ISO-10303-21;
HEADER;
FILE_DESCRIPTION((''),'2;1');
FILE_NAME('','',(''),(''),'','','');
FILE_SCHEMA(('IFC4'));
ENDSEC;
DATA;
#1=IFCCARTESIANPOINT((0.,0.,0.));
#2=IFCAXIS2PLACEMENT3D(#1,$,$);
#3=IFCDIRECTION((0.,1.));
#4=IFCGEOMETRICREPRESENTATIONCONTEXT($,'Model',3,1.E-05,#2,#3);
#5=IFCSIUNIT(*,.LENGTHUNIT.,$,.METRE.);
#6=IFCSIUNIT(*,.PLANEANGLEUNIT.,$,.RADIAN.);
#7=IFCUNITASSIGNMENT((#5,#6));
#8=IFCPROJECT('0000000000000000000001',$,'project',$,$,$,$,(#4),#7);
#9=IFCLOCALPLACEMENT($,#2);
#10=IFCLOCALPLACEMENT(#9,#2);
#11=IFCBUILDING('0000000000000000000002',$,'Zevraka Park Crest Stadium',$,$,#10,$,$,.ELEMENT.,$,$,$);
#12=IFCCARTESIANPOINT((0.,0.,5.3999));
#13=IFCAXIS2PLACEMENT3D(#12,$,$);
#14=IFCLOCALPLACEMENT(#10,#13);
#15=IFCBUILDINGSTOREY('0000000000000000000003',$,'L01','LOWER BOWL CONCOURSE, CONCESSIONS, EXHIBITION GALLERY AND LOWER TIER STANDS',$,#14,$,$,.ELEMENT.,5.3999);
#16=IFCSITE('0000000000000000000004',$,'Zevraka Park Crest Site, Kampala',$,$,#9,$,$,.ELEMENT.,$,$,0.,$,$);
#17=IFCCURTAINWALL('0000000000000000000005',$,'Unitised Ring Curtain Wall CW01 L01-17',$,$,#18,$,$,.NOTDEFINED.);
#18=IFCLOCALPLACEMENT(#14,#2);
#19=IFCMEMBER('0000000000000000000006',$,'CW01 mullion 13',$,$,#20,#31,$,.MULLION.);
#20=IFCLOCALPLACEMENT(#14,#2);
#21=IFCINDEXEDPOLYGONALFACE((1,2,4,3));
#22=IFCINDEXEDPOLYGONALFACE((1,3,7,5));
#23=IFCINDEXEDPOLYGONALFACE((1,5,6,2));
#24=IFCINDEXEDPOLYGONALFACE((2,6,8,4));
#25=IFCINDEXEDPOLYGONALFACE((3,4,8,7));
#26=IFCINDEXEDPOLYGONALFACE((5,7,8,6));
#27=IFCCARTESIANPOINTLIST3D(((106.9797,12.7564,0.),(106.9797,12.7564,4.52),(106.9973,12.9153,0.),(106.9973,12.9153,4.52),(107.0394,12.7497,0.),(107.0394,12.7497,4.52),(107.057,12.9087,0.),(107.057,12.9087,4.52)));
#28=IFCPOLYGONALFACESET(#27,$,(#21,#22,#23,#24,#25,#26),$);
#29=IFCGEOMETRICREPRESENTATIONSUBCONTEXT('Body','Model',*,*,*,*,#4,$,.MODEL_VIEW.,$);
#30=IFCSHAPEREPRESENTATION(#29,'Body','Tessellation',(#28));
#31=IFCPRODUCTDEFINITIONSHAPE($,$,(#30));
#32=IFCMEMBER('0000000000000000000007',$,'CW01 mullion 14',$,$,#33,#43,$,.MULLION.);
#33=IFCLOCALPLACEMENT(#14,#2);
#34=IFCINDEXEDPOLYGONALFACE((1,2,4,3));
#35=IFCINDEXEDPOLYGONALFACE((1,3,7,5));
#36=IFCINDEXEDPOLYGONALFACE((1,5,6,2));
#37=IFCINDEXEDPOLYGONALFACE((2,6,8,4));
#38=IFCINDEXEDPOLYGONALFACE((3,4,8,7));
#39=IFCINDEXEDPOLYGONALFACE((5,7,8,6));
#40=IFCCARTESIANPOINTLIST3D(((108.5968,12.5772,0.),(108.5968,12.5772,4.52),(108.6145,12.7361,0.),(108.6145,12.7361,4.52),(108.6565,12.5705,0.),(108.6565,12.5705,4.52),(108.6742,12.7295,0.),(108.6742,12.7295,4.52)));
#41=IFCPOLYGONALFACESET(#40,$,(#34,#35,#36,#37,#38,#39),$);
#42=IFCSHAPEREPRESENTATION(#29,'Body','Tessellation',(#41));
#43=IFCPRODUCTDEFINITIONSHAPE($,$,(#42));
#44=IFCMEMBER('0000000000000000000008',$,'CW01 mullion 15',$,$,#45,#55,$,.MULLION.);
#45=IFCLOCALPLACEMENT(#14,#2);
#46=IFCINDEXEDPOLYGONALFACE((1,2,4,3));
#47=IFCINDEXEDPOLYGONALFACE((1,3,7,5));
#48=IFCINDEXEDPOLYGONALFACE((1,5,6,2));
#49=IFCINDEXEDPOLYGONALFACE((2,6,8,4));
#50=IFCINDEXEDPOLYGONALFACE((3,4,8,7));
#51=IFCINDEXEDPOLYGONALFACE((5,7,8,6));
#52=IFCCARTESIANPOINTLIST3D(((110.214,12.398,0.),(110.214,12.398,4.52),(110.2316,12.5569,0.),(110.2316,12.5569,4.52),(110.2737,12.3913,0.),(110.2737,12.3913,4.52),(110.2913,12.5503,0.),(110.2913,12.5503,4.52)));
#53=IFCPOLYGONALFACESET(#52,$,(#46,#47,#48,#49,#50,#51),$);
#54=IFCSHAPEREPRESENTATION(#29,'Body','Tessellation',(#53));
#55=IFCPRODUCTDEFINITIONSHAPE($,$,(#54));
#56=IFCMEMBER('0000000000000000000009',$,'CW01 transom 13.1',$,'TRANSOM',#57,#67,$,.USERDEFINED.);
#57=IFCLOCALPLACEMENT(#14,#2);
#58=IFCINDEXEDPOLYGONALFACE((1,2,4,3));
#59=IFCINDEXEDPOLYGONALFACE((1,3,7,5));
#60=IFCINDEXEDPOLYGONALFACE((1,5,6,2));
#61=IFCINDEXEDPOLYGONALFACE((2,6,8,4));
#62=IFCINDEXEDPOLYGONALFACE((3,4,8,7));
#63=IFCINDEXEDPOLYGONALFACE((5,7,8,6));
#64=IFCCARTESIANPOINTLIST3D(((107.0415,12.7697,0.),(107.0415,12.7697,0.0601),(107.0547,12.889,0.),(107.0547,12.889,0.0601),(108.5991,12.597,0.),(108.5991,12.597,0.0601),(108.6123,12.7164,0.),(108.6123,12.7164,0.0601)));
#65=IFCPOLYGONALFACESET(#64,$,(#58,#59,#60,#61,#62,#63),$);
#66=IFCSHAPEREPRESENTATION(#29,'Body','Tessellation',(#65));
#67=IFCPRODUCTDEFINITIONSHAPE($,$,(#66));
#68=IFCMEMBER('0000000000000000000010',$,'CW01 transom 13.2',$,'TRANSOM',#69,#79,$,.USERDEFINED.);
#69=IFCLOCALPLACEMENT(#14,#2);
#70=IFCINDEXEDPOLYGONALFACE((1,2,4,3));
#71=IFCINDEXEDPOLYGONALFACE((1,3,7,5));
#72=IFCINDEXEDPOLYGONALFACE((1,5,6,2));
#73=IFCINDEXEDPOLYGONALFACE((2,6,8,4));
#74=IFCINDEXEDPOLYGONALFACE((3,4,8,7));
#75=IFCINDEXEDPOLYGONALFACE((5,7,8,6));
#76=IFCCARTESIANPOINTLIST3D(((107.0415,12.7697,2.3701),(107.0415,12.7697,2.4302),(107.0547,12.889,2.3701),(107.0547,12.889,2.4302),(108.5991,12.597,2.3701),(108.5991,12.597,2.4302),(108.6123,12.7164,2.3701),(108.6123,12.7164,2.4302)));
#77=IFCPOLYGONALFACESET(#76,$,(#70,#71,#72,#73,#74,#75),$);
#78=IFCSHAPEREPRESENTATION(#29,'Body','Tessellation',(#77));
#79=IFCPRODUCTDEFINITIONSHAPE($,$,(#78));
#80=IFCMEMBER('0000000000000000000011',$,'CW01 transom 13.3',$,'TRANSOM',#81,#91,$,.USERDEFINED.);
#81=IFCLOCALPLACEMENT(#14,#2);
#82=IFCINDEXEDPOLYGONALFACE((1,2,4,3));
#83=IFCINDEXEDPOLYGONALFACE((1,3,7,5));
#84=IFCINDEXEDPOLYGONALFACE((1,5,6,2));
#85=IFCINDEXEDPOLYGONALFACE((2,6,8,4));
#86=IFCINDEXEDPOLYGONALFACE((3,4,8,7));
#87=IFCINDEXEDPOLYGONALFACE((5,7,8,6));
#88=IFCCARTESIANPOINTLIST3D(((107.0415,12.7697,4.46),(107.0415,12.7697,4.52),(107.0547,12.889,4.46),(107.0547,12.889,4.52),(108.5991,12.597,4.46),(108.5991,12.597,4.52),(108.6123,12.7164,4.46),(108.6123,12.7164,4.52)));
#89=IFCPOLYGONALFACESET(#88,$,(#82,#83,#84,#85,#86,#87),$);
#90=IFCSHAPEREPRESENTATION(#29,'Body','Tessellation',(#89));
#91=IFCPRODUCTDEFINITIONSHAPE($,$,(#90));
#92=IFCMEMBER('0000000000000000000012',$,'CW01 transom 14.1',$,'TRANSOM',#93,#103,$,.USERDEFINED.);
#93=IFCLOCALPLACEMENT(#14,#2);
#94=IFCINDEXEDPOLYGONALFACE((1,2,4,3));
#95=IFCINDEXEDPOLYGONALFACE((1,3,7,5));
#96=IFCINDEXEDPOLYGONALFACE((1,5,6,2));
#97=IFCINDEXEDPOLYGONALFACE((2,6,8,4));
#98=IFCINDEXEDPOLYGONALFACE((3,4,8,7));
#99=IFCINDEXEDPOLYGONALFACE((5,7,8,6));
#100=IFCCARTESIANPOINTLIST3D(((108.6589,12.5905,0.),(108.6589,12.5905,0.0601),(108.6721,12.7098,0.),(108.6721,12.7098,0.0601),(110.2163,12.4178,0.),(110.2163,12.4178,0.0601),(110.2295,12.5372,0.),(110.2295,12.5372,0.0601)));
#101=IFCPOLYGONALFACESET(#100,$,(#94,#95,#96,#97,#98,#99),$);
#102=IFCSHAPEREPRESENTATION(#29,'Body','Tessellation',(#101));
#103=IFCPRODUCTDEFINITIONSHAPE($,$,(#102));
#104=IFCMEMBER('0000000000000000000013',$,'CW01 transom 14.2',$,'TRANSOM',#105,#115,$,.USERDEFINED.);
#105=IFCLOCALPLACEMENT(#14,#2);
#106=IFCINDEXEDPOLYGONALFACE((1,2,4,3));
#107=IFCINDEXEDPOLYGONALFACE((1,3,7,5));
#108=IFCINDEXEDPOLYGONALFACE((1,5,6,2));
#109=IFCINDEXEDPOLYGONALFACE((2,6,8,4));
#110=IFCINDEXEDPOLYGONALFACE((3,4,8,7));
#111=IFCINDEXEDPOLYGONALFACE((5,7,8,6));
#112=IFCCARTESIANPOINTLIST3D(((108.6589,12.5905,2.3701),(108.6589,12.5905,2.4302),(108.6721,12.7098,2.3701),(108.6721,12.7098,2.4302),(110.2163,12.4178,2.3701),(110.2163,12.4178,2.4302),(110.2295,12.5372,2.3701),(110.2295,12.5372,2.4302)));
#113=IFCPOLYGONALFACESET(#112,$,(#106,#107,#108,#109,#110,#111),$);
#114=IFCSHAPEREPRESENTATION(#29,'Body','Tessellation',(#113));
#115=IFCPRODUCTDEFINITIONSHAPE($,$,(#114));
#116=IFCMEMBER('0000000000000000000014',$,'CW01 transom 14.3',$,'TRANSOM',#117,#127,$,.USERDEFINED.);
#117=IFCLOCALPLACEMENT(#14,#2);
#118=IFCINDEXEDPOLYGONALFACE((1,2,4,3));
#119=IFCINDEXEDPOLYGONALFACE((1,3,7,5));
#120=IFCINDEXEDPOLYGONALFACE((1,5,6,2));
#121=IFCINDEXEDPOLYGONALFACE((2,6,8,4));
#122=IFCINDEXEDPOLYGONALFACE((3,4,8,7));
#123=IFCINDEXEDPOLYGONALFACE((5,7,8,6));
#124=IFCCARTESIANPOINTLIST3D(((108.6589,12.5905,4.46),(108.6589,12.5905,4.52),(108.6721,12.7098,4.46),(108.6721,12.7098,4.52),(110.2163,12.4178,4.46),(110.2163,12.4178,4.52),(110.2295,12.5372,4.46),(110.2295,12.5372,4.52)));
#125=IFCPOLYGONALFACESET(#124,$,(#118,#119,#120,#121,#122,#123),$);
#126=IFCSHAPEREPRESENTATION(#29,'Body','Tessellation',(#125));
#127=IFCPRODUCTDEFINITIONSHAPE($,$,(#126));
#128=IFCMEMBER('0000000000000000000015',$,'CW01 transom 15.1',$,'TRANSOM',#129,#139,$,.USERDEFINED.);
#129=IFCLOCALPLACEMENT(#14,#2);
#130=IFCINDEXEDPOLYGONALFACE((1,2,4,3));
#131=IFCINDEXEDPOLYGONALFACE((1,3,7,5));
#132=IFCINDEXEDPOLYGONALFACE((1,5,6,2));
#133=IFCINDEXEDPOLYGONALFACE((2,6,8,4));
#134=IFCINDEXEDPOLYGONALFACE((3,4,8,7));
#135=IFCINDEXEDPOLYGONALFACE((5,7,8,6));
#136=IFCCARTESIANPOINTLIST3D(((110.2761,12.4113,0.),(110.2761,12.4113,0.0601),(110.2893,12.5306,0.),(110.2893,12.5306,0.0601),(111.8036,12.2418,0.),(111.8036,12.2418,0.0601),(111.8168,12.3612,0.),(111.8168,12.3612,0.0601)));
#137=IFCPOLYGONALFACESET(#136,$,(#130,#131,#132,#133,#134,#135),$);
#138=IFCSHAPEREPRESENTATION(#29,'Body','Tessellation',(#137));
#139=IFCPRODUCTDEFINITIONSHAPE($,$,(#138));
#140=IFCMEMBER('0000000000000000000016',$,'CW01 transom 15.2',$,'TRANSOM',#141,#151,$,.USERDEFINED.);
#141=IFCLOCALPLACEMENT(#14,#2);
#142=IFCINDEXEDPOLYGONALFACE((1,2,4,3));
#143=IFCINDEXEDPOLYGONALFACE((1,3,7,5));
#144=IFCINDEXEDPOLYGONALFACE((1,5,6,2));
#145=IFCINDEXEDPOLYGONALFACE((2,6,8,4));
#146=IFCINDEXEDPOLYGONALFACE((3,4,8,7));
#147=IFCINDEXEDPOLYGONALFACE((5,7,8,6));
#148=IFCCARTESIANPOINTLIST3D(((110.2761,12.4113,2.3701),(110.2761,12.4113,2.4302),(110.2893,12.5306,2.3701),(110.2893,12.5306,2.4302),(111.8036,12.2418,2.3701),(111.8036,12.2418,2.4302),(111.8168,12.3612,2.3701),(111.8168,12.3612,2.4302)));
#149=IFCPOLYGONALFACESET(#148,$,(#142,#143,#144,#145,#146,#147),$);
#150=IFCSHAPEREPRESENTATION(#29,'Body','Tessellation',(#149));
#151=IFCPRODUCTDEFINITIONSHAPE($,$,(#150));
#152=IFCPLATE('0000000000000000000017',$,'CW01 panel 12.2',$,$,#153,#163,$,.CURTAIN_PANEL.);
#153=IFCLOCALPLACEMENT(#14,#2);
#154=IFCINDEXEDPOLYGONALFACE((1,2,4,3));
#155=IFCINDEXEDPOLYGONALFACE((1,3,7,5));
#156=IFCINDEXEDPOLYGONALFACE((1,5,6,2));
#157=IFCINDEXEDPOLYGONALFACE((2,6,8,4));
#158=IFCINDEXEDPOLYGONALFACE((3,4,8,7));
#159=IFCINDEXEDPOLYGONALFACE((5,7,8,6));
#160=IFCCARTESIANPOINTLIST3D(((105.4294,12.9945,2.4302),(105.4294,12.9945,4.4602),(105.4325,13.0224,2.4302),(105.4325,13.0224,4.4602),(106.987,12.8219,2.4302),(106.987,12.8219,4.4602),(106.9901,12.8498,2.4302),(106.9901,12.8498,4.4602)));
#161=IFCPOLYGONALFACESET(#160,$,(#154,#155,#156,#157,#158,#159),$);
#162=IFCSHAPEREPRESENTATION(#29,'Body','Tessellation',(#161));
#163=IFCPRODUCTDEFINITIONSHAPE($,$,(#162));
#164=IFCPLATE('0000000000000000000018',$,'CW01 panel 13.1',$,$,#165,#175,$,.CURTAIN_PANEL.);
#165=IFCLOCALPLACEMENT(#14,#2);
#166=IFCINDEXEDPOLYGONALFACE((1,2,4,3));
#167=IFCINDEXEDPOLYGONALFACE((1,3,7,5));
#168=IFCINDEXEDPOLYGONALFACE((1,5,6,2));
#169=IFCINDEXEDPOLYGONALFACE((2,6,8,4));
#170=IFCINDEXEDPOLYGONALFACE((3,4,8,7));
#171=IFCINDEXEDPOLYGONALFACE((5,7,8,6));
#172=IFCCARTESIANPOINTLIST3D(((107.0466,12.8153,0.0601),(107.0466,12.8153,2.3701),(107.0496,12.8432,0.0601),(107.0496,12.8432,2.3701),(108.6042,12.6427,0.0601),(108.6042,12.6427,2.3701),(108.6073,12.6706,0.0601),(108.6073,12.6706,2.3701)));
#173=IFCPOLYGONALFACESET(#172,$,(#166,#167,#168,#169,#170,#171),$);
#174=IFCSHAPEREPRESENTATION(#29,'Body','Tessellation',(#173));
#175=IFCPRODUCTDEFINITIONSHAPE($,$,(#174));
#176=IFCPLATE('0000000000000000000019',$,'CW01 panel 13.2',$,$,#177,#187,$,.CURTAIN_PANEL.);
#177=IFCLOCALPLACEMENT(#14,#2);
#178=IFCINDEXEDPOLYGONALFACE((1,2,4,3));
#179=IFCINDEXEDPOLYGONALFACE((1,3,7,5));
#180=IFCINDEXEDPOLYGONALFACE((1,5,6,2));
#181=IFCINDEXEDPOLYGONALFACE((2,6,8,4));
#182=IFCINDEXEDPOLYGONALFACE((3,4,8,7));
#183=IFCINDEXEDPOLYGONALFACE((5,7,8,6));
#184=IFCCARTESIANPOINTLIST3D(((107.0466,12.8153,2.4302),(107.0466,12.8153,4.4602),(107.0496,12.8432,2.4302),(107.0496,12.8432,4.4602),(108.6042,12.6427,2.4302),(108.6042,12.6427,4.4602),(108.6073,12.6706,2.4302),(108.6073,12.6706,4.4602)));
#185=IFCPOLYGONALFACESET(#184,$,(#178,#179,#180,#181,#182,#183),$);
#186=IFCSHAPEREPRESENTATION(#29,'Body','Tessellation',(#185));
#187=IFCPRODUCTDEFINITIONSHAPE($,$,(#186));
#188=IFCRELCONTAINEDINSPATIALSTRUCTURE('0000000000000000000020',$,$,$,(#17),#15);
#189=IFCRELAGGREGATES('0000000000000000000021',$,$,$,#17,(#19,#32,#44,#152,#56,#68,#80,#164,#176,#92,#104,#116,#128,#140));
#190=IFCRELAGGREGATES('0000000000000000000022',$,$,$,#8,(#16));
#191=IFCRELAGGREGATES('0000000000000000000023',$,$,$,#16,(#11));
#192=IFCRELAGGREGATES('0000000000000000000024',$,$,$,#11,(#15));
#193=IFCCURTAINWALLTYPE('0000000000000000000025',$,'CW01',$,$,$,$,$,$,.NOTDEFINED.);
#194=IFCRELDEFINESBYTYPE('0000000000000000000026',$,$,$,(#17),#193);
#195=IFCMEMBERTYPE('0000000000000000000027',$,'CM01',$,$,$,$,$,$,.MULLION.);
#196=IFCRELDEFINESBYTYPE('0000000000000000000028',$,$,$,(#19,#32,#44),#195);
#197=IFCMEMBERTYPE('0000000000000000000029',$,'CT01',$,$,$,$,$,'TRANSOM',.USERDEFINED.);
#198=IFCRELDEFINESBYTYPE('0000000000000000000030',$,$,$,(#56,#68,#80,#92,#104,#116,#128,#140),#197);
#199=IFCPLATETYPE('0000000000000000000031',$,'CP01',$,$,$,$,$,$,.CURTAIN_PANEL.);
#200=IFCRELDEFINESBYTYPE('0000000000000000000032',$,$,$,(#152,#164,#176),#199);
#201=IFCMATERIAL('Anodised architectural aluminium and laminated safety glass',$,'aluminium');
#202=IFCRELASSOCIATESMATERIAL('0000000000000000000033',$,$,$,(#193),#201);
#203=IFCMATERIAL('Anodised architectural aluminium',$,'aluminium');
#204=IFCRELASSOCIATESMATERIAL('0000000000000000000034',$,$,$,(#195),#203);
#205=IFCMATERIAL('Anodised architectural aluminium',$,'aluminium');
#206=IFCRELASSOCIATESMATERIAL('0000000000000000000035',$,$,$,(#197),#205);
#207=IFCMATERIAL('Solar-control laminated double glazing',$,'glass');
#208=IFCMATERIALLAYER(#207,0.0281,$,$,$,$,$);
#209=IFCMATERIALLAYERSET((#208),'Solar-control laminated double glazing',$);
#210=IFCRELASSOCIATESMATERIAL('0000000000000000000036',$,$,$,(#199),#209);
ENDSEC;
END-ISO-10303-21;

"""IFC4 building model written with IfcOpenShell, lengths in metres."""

from ifc_helpers import new_model, si_unit, direction, frame, origin, origin_2d, place, context, subcontext, project, spatial, rectangle, extrude, material, layer, layer_set, material_profile, profile_set, type_object, element, aggregate, save


model = new_model("IFC4")

# Units and contexts
model_context = context("Model", 3, precision=1e-05, world=origin(), true_north=direction((0.0, 1.0)))
body_context = subcontext(model_context, "Body", "Model", "MODEL_VIEW")
ifc_project = project(units=[si_unit("LENGTHUNIT", "METRE"), si_unit("PLANEANGLEUNIT", "RADIAN")], contexts=[model_context])

# Site, building, storey
site_placement = place(None, origin())
site = spatial("IfcSite", under=ifc_project, at=site_placement, Name="Zevraka Park Crest Site, Kampala", CompositionType="ELEMENT", RefElevation=0.0)
building_placement = place(site_placement, origin())
building = spatial("IfcBuilding", under=site, at=building_placement, Name="Zevraka Park Crest Stadium", CompositionType="ELEMENT")
storey_placement = place(building_placement, frame((0.0, 0.0, 5.3999)))
storey = spatial("IfcBuildingStorey", under=building, at=storey_placement, Name="L01", Description="LOWER BOWL CONCOURSE, CONCESSIONS, EXHIBITION GALLERY AND LOWER TIER STANDS", CompositionType="ELEMENT", Elevation=5.3999)

# Curtain wall, members, plates
ifc_material_1 = material(Name="Anodised architectural aluminium and laminated safety glass", Category="aluminium")
curtain_wall_type = type_object("IfcCurtainWallType", Name="CW01", PredefinedType="NOTDEFINED", material=ifc_material_1)
curtain_wall_placement = place(storey_placement, origin())
curtain_wall = element("IfcCurtainWall", 1, at=curtain_wall_placement, inside=storey, type_object=curtain_wall_type, Name="Unitised Ring Curtain Wall CW01 L01-17", PredefinedType="NOTDEFINED")
ifc_material_2 = material(Name="Anodised architectural aluminium", Category="aluminium")
ifc_material_profile_1 = material_profile(ifc_material_2, rectangle(XDim=0.1599, YDim=0.0601, at=origin_2d()), Name="ALU MULLION 160x60")
ifc_profile_set_1 = profile_set([ifc_material_profile_1], Name="Anodised architectural aluminium")
member_type_1 = type_object("IfcMemberType", Name="CM01", PredefinedType="MULLION", material=ifc_profile_set_1)
member_1_placement = place(storey_placement, frame((107.0183, 12.8325, 0.0), z_axis=(0.0, 0.0, 1.0), x_axis=(0.110135, 0.993917, 0.0)))
member_1 = element("IfcMember", 2, at=member_1_placement, type_object=member_type_1, Name="CW01 mullion 13", PredefinedType="MULLION", context=body_context, shape_type="SweptSolid", body=[
    extrude(rectangle(XDim=0.1599, YDim=0.0601, at=origin_2d()), origin(), (0.0, 0.0, 1.0), 4.52),
])
member_2_placement = place(storey_placement, frame((108.6355, 12.6533, 0.0), z_axis=(0.0, 0.0, 1.0), x_axis=(0.110135, 0.993917, 0.0)))
member_2 = element("IfcMember", 3, at=member_2_placement, type_object=member_type_1, Name="CW01 mullion 14", PredefinedType="MULLION", context=body_context, shape_type="SweptSolid", body=[
    extrude(rectangle(XDim=0.1599, YDim=0.0601, at=origin_2d()), origin(), (0.0, 0.0, 1.0), 4.52),
])
member_3_placement = place(storey_placement, frame((110.2527, 12.4741, 0.0), z_axis=(0.0, 0.0, 1.0), x_axis=(0.110135, 0.993917, 0.0)))
member_3 = element("IfcMember", 4, at=member_3_placement, type_object=member_type_1, Name="CW01 mullion 15", PredefinedType="MULLION", context=body_context, shape_type="SweptSolid", body=[
    extrude(rectangle(XDim=0.1599, YDim=0.0601, at=origin_2d()), origin(), (0.0, 0.0, 1.0), 4.52),
])
ifc_material_3 = material(Name="Anodised architectural aluminium", Category="aluminium")
ifc_material_profile_2 = material_profile(ifc_material_3, rectangle(XDim=0.1201, YDim=0.0601, at=origin_2d()), Name="ALU TRANSOM 120x60")
ifc_profile_set_2 = profile_set([ifc_material_profile_2], Name="Anodised architectural aluminium")
member_type_2 = type_object("IfcMemberType", Name="CT01", ElementType="TRANSOM", PredefinedType="USERDEFINED", material=ifc_profile_set_2)
member_4_placement = place(storey_placement, frame((107.0481, 12.8293, 0.03), z_axis=(0.993916, -0.110141, 0.0), x_axis=(0.110141, 0.993916, 0.0)))
member_4 = element("IfcMember", 5, at=member_4_placement, type_object=member_type_2, Name="CW01 transom 13.1", ObjectType="TRANSOM", PredefinedType="USERDEFINED", context=body_context, shape_type="SweptSolid", body=[
    extrude(rectangle(XDim=0.1201, YDim=0.0601, at=origin_2d()), origin(), (0.0, 0.0, 1.0), 1.5671),
])
member_5_placement = place(storey_placement, frame((107.0481, 12.8293, 2.4001), z_axis=(0.993916, -0.110141, 0.0), x_axis=(0.110141, 0.993916, 0.0)))
member_5 = element("IfcMember", 6, at=member_5_placement, type_object=member_type_2, Name="CW01 transom 13.2", ObjectType="TRANSOM", PredefinedType="USERDEFINED", context=body_context, shape_type="SweptSolid", body=[
    extrude(rectangle(XDim=0.1201, YDim=0.0601, at=origin_2d()), origin(), (0.0, 0.0, 1.0), 1.5671),
])
member_6_placement = place(storey_placement, frame((107.0481, 12.8293, 4.49), z_axis=(0.993916, -0.110141, 0.0), x_axis=(0.110141, 0.993916, 0.0)))
member_6 = element("IfcMember", 7, at=member_6_placement, type_object=member_type_2, Name="CW01 transom 13.3", ObjectType="TRANSOM", PredefinedType="USERDEFINED", context=body_context, shape_type="SweptSolid", body=[
    extrude(rectangle(XDim=0.1201, YDim=0.0601, at=origin_2d()), origin(), (0.0, 0.0, 1.0), 1.5671),
])
member_7_placement = place(storey_placement, frame((108.6655, 12.6501, 0.03), z_axis=(0.993914, -0.110158, 0.0), x_axis=(0.110158, 0.993914, 0.0)))
member_7 = element("IfcMember", 8, at=member_7_placement, type_object=member_type_2, Name="CW01 transom 14.1", ObjectType="TRANSOM", PredefinedType="USERDEFINED", context=body_context, shape_type="SweptSolid", body=[
    extrude(rectangle(XDim=0.1201, YDim=0.0601, at=origin_2d()), origin(), (0.0, 0.0, 1.0), 1.5669),
])
member_8_placement = place(storey_placement, frame((108.6655, 12.6501, 2.4001), z_axis=(0.993914, -0.110158, 0.0), x_axis=(0.110158, 0.993914, 0.0)))
member_8 = element("IfcMember", 9, at=member_8_placement, type_object=member_type_2, Name="CW01 transom 14.2", ObjectType="TRANSOM", PredefinedType="USERDEFINED", context=body_context, shape_type="SweptSolid", body=[
    extrude(rectangle(XDim=0.1201, YDim=0.0601, at=origin_2d()), origin(), (0.0, 0.0, 1.0), 1.5669),
])
member_9_placement = place(storey_placement, frame((108.6655, 12.6501, 4.49), z_axis=(0.993914, -0.110158, 0.0), x_axis=(0.110158, 0.993914, 0.0)))
member_9 = element("IfcMember", 10, at=member_9_placement, type_object=member_type_2, Name="CW01 transom 14.3", ObjectType="TRANSOM", PredefinedType="USERDEFINED", context=body_context, shape_type="SweptSolid", body=[
    extrude(rectangle(XDim=0.1201, YDim=0.0601, at=origin_2d()), origin(), (0.0, 0.0, 1.0), 1.5669),
])
member_10_placement = place(storey_placement, frame((110.2827, 12.4709, 0.03), z_axis=(0.993905, -0.11024, 0.0), x_axis=(0.11024, 0.993905, 0.0)))
member_10 = element("IfcMember", 11, at=member_10_placement, type_object=member_type_2, Name="CW01 transom 15.1", ObjectType="TRANSOM", PredefinedType="USERDEFINED", context=body_context, shape_type="SweptSolid", body=[
    extrude(rectangle(XDim=0.1201, YDim=0.0601, at=origin_2d()), origin(), (0.0, 0.0, 1.0), 1.5369),
])
member_11_placement = place(storey_placement, frame((110.2827, 12.4709, 2.4001), z_axis=(0.993905, -0.11024, 0.0), x_axis=(0.11024, 0.993905, 0.0)))
member_11 = element("IfcMember", 12, at=member_11_placement, type_object=member_type_2, Name="CW01 transom 15.2", ObjectType="TRANSOM", PredefinedType="USERDEFINED", context=body_context, shape_type="SweptSolid", body=[
    extrude(rectangle(XDim=0.1201, YDim=0.0601, at=origin_2d()), origin(), (0.0, 0.0, 1.0), 1.5369),
])
ifc_material_4 = material(Name="Solar-control laminated double glazing", Category="glass")
ifc_layer_1 = layer(ifc_material_4, 0.0281)
ifc_layer_set_1 = layer_set([ifc_layer_1], Name="Solar-control laminated double glazing")
plate_type = type_object("IfcPlateType", Name="CP01", PredefinedType="CURTAIN_PANEL", material=ifc_layer_set_1)
plate_1_placement = place(storey_placement, frame((106.2097, 12.9221, 2.4302), z_axis=(0.0, 0.0, 1.0), x_axis=(0.993917, -0.110135, 0.0)))
plate_1 = element("IfcPlate", 13, at=plate_1_placement, type_object=plate_type, Name="CW01 panel 12.2", PredefinedType="CURTAIN_PANEL", context=body_context, shape_type="SweptSolid", body=[
    extrude(rectangle(XDim=1.5671, YDim=0.0281, at=origin_2d()), origin(), (0.0, 0.0, 1.0), 2.03),
])
plate_2_placement = place(storey_placement, frame((107.8269, 12.7429, 0.0601), z_axis=(0.0, 0.0, 1.0), x_axis=(0.993917, -0.110135, 0.0)))
plate_2 = element("IfcPlate", 14, at=plate_2_placement, type_object=plate_type, Name="CW01 panel 13.1", PredefinedType="CURTAIN_PANEL", context=body_context, shape_type="SweptSolid", body=[
    extrude(rectangle(XDim=1.5671, YDim=0.0281, at=origin_2d()), origin(), (0.0, 0.0, 1.0), 2.3101),
])
plate_3_placement = place(storey_placement, frame((107.8269, 12.7429, 2.4302), z_axis=(0.0, 0.0, 1.0), x_axis=(0.993917, -0.110135, 0.0)))
plate_3 = element("IfcPlate", 15, at=plate_3_placement, type_object=plate_type, Name="CW01 panel 13.2", PredefinedType="CURTAIN_PANEL", context=body_context, shape_type="SweptSolid", body=[
    extrude(rectangle(XDim=1.5671, YDim=0.0281, at=origin_2d()), origin(), (0.0, 0.0, 1.0), 2.03),
])
aggregate(curtain_wall, [member_1, member_2, member_3, plate_1, member_4, member_5, member_6, plate_2, plate_3, member_7, member_8, member_9, member_10, member_11])

save(model, "model.ifc")
